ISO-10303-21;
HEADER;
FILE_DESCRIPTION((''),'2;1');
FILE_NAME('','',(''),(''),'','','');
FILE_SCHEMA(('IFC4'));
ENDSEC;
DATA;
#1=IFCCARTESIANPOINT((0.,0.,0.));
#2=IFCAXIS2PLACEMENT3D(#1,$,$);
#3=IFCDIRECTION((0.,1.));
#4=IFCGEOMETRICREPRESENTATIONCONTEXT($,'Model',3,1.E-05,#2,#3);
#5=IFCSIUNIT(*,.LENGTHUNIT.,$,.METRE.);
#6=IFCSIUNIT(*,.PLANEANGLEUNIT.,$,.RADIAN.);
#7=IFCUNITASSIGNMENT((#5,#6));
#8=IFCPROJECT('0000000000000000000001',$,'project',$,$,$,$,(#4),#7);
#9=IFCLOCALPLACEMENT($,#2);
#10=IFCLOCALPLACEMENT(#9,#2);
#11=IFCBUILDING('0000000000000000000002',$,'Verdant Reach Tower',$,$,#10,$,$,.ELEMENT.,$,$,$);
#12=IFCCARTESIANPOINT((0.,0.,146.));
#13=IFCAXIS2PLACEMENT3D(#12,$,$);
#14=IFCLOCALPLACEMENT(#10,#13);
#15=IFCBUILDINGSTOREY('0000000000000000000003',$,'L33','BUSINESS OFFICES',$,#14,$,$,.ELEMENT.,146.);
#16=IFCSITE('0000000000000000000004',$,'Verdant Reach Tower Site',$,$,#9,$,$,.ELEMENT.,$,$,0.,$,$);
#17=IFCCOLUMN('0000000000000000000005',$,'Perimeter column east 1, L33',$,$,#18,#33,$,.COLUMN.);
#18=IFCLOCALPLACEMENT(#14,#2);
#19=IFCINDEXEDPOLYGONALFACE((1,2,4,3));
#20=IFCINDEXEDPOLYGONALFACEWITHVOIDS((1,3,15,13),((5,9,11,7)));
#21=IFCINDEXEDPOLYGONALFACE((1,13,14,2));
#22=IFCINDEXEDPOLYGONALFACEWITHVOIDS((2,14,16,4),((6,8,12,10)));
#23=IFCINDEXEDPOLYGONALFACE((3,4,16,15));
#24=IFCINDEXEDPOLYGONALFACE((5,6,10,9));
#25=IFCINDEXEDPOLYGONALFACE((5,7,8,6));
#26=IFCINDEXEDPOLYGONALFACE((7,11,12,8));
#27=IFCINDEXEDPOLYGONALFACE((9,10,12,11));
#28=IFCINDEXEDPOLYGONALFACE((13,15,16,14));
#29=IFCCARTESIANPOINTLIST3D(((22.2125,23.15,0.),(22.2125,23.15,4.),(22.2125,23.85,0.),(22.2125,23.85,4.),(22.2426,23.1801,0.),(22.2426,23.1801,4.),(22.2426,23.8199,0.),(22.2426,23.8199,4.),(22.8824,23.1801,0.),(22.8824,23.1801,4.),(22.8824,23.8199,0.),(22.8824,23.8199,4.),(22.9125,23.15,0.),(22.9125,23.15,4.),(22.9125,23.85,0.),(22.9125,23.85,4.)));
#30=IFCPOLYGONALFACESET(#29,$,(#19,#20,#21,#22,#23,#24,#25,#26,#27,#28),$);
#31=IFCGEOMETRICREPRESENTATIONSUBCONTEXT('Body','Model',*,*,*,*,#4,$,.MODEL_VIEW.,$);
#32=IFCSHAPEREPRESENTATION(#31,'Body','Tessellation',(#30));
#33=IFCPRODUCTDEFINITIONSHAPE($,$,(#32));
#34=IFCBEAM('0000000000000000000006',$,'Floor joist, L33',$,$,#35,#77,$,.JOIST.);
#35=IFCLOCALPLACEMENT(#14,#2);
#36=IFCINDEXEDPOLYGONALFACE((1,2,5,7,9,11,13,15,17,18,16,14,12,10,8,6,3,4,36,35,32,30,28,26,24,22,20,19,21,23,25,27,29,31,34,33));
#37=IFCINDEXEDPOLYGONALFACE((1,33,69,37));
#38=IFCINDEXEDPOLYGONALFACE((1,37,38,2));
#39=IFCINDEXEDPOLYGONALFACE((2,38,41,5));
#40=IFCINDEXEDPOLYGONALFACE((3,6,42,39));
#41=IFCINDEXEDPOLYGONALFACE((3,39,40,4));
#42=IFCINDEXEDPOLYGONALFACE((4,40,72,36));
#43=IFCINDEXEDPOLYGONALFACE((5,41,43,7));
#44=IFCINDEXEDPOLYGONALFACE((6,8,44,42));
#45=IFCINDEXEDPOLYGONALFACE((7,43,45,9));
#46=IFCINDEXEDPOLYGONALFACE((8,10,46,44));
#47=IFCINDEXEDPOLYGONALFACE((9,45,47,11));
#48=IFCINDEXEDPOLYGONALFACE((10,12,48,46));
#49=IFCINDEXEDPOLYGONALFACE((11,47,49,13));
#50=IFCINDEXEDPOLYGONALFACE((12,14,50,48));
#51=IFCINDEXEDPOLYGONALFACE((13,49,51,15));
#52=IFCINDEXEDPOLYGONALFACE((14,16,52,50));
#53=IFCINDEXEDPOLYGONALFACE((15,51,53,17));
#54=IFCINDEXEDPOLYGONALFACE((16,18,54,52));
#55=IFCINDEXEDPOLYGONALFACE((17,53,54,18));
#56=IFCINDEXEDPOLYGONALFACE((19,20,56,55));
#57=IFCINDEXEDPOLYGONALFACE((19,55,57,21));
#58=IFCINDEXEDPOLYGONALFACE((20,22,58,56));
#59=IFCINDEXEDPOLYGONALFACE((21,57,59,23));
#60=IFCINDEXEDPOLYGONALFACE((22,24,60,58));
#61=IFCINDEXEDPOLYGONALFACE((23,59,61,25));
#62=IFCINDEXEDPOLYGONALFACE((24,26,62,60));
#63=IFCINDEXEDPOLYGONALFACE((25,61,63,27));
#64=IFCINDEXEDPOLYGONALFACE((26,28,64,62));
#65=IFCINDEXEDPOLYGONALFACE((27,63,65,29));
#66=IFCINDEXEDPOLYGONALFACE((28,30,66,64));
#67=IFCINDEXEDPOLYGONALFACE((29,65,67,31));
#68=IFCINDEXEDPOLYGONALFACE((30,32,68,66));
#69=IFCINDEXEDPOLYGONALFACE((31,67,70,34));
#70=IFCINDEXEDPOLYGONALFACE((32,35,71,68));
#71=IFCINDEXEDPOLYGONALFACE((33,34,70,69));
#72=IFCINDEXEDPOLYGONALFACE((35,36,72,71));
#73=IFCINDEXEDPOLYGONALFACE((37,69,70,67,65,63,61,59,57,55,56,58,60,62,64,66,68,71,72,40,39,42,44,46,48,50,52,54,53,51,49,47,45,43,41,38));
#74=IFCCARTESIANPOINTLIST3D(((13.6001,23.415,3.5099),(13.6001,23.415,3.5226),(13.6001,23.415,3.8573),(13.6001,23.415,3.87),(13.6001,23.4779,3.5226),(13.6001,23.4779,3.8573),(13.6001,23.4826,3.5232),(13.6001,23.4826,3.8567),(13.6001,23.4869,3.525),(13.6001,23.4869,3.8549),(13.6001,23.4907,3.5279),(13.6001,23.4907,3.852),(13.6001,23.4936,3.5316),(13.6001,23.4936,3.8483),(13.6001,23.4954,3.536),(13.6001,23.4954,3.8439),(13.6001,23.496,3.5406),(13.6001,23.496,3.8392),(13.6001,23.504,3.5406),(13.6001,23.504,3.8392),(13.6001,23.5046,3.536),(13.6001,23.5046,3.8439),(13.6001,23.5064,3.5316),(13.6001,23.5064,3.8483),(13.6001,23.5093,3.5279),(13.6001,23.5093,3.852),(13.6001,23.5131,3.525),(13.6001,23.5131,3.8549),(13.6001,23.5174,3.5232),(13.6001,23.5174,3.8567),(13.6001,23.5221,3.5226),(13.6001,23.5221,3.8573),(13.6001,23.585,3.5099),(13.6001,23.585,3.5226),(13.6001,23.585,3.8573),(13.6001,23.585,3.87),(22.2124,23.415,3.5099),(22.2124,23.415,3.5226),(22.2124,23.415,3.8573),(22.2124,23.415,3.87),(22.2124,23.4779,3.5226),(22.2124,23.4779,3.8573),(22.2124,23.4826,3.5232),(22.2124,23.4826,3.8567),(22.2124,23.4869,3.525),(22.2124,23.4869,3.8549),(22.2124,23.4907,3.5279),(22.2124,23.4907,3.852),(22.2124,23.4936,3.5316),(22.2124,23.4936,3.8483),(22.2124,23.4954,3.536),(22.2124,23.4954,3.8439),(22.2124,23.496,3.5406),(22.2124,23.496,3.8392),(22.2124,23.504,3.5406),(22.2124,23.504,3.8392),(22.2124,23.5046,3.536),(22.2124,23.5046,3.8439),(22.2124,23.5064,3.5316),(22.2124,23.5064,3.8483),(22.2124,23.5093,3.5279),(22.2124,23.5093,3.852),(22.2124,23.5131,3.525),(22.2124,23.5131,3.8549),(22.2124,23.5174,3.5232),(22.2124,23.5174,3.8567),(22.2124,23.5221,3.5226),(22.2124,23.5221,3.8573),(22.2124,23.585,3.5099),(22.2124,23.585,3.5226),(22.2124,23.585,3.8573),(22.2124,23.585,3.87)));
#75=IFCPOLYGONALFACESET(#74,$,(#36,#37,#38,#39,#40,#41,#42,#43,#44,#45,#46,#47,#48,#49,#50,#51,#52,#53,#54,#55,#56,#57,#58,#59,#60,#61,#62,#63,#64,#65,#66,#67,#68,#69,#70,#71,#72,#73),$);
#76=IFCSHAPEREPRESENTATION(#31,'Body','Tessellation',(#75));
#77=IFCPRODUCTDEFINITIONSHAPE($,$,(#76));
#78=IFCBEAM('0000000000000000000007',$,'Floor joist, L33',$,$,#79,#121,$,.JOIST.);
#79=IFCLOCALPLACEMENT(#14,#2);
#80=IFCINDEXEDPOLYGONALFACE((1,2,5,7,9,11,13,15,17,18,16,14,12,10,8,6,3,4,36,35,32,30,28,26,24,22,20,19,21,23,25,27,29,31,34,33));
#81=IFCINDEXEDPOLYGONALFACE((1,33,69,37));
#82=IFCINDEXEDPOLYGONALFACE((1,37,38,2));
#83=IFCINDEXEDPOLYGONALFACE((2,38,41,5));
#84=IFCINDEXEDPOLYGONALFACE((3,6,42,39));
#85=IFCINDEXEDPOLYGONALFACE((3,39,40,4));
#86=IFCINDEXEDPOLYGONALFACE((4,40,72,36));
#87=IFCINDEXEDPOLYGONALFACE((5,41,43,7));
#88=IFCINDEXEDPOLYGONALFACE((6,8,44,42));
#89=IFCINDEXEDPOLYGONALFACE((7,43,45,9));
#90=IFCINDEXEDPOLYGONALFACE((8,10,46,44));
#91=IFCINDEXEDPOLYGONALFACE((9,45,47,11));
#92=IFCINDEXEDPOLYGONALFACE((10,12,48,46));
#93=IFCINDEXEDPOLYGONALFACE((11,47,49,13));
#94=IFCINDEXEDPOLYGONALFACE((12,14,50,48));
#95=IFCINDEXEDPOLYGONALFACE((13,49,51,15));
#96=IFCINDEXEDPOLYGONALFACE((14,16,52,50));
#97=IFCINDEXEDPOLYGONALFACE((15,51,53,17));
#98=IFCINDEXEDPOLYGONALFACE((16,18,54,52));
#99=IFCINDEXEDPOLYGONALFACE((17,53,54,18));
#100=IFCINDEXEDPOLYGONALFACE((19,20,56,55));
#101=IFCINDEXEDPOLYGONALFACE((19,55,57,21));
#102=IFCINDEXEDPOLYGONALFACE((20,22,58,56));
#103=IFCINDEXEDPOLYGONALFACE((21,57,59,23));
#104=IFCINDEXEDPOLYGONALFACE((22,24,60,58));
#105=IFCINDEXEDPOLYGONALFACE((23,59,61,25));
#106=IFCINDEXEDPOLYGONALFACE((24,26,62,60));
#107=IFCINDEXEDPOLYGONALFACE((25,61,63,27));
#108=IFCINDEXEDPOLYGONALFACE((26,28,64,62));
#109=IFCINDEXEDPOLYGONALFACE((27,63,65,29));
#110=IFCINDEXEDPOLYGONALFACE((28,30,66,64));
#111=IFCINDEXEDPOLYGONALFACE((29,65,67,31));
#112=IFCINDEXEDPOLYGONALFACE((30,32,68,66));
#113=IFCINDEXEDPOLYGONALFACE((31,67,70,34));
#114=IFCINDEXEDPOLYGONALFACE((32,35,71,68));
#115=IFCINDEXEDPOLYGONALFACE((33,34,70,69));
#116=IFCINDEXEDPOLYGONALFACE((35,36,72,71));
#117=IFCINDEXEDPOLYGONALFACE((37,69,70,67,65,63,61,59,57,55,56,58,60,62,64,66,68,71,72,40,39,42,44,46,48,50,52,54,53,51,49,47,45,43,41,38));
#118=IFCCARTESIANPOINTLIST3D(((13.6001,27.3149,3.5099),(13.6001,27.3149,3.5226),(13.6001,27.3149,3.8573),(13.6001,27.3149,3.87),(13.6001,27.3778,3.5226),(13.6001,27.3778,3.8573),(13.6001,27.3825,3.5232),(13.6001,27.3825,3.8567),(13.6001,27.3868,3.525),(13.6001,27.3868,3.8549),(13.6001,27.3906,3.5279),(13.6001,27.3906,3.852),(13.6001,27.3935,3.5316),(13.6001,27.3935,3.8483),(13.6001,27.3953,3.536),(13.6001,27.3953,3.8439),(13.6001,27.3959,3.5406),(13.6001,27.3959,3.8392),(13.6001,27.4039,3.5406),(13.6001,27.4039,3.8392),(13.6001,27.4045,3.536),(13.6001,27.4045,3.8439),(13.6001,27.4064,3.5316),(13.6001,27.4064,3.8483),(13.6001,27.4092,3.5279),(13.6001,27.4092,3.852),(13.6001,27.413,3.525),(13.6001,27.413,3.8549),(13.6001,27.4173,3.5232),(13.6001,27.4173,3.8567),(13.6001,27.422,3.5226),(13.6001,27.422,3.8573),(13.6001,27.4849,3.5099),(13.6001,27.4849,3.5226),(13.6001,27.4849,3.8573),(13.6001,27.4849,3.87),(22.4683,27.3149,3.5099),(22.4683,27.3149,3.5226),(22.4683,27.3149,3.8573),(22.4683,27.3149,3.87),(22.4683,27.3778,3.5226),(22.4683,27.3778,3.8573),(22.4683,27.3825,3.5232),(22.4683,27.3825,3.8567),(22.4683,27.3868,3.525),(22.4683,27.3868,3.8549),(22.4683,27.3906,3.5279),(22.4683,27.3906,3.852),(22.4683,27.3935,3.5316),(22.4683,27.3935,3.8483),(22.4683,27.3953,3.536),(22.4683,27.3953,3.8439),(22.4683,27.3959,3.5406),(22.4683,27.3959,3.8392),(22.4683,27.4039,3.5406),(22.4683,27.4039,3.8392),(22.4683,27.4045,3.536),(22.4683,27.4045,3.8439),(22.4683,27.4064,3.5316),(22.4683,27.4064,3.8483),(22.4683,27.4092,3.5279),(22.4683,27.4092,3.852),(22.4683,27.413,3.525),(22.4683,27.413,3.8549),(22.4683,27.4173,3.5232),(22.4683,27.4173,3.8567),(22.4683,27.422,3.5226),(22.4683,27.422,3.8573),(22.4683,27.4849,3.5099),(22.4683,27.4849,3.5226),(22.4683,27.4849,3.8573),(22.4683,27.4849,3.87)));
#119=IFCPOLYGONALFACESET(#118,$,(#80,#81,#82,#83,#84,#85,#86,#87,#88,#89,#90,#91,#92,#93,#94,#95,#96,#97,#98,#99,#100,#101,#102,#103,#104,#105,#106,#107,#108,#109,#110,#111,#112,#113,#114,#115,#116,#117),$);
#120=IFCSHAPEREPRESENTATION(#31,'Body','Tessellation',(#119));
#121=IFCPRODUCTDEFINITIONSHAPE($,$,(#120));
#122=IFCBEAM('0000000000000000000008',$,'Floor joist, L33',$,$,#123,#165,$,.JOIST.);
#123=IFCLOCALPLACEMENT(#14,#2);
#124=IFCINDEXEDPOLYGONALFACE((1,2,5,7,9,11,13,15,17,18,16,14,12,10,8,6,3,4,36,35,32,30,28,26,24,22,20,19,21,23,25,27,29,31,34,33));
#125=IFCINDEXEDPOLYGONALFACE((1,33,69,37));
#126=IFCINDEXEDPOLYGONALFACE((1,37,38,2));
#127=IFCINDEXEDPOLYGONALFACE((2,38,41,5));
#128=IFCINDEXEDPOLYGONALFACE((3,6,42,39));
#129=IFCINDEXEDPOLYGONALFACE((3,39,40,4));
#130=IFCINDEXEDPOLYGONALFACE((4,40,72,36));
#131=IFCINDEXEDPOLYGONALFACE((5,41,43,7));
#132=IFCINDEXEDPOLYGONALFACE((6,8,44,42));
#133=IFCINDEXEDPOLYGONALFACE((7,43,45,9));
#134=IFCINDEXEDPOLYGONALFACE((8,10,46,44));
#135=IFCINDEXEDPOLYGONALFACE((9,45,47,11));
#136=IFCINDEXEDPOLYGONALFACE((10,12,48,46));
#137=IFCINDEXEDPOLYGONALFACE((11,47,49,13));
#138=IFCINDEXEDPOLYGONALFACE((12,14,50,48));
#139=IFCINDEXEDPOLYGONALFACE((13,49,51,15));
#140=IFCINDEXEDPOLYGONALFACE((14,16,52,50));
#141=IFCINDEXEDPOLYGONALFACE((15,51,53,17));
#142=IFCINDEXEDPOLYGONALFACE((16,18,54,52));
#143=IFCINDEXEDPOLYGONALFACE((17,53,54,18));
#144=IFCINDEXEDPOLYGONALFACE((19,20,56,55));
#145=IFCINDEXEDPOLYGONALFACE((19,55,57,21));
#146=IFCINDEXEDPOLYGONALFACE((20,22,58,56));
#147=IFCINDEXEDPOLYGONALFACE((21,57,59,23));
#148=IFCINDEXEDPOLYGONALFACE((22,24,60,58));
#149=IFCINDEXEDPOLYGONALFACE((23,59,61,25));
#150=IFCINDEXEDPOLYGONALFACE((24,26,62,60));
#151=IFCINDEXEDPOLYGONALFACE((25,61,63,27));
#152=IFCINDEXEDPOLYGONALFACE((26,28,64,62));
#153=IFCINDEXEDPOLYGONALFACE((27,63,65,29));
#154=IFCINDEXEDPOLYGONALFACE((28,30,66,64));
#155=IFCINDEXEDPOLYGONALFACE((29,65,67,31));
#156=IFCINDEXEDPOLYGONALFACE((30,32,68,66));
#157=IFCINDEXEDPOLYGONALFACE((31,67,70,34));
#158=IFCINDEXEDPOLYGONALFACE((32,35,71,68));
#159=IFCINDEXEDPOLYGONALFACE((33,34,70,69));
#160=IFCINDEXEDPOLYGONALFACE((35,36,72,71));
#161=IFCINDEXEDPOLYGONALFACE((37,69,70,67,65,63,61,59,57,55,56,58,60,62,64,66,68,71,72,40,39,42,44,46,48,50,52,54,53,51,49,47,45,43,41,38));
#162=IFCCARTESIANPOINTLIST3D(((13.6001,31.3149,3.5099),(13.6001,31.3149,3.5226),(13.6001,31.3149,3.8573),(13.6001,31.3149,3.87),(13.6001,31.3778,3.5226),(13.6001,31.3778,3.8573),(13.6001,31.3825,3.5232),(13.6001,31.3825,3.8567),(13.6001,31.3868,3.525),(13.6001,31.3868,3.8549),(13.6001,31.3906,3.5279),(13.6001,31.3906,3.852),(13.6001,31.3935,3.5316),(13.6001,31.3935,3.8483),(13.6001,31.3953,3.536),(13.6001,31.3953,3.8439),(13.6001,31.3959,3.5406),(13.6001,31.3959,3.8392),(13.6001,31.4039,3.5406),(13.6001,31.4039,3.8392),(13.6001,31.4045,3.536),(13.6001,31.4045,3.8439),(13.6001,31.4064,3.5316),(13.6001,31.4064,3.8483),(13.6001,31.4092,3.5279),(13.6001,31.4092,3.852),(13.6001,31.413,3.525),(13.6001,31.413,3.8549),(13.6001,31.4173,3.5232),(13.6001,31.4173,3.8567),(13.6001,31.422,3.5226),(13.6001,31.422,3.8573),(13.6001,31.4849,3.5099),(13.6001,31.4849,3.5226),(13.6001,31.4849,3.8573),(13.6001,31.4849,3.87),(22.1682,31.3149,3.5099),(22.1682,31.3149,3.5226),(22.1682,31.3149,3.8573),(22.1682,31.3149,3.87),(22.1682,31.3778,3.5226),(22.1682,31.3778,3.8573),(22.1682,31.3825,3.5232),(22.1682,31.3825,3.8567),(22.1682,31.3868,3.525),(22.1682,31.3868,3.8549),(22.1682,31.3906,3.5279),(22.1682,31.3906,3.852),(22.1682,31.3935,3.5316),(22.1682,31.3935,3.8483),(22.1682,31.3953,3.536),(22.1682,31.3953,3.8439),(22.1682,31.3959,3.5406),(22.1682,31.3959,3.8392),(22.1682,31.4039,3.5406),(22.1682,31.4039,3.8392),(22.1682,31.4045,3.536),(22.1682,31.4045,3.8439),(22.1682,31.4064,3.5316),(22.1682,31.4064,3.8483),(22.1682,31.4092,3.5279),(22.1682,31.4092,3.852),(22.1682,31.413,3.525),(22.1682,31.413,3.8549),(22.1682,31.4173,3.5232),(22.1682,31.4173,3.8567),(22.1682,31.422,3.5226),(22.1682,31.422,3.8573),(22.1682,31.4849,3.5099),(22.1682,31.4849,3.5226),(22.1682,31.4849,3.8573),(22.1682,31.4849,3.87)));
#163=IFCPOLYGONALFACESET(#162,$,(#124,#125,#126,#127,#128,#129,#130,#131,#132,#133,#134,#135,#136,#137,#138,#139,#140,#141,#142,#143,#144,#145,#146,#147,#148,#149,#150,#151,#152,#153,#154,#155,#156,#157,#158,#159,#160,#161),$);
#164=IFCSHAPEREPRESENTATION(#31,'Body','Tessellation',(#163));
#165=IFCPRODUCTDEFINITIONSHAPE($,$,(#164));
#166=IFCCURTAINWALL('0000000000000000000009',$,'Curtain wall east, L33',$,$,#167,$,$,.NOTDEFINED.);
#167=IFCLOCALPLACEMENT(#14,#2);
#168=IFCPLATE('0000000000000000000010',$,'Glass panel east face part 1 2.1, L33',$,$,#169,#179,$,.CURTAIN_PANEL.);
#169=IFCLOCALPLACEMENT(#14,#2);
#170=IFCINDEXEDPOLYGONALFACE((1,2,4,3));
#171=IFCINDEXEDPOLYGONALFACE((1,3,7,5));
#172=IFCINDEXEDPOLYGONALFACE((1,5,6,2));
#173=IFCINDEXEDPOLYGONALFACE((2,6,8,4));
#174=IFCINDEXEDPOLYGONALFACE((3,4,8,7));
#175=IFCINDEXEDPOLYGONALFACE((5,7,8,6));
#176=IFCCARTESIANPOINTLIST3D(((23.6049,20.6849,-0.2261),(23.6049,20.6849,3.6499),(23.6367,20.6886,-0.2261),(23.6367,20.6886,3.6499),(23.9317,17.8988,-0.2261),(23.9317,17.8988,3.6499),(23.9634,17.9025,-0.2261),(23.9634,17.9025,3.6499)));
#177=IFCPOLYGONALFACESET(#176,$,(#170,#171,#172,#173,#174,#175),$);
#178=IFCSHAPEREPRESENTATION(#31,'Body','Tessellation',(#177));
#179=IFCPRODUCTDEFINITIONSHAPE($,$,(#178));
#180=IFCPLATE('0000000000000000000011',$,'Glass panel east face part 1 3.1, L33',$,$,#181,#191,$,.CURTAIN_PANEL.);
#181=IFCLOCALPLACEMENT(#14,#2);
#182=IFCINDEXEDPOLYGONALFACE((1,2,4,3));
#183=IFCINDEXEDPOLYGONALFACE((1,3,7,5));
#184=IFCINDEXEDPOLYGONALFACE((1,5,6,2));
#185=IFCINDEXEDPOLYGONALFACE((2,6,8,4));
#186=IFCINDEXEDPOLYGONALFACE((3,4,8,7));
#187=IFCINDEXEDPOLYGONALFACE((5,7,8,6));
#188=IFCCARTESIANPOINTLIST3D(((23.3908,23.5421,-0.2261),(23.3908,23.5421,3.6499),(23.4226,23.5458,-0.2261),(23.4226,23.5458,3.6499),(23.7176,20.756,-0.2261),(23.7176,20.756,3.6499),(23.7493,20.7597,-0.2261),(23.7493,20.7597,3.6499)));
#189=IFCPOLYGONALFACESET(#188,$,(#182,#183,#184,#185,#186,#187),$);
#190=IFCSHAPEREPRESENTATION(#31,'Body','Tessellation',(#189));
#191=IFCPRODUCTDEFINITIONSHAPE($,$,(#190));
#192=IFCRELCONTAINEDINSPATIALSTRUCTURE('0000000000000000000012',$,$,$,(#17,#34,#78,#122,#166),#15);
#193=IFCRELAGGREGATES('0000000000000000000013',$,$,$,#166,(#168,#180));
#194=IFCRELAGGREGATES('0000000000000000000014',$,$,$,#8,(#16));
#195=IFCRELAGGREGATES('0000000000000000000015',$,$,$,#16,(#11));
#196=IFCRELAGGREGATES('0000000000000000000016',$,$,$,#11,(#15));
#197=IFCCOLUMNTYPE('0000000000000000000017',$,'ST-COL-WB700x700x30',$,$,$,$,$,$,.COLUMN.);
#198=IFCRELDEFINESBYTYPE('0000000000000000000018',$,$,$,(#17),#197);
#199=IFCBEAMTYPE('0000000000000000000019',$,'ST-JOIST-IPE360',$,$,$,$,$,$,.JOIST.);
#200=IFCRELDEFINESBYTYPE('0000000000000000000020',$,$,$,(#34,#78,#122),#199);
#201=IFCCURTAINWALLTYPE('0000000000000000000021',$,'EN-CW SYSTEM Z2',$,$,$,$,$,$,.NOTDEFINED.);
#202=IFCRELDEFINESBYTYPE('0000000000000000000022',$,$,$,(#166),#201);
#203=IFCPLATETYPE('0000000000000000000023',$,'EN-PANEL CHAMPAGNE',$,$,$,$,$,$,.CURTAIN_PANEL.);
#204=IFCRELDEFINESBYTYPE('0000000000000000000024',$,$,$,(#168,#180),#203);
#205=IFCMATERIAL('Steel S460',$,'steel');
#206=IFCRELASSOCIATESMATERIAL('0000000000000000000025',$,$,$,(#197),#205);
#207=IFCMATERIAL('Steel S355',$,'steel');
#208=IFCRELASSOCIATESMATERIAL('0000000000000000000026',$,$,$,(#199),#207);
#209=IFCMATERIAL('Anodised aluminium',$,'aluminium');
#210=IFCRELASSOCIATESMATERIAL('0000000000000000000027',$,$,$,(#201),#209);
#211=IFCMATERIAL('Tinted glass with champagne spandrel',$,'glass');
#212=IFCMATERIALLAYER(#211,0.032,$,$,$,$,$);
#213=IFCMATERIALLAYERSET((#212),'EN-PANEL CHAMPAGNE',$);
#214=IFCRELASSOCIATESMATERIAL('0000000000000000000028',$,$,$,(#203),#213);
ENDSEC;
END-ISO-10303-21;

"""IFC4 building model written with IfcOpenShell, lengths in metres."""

from ifc_helpers import new_model, si_unit, direction, frame, origin, origin_2d, place, context, subcontext, project, spatial, rectangle, hollow_rectangle, i_section, extrude, material, layer, layer_set, material_profile, profile_set, type_object, element, aggregate, save


model = new_model("IFC4")

# Units and contexts
model_context = context("Model", 3, precision=1e-05, world=origin(), true_north=direction((0.0, 1.0)))
body_context = subcontext(model_context, "Body", "Model", "MODEL_VIEW")
ifc_project = project(units=[si_unit("LENGTHUNIT", "METRE"), si_unit("PLANEANGLEUNIT", "RADIAN")], contexts=[model_context])

# Site, building, storey
site_placement = place(None, origin())
site = spatial("IfcSite", under=ifc_project, at=site_placement, Name="Verdant Reach Tower Site", CompositionType="ELEMENT", RefElevation=0.0)
building_placement = place(site_placement, origin())
building = spatial("IfcBuilding", under=site, at=building_placement, Name="Verdant Reach Tower", CompositionType="ELEMENT")
storey_placement = place(building_placement, frame((0.0, 0.0, 146.0)))
storey = spatial("IfcBuildingStorey", under=building, at=storey_placement, Name="L33", Description="BUSINESS OFFICES", CompositionType="ELEMENT", Elevation=146.0)

# Column
ifc_material_1 = material(Name="Steel S460", Category="steel")
ifc_material_profile_1 = material_profile(ifc_material_1, hollow_rectangle(XDim=0.7, YDim=0.7, WallThickness=0.03, at=origin_2d()), Name="WB 700x700x30")
ifc_profile_set_1 = profile_set([ifc_material_profile_1], Name="Steel S460")
column_type = type_object("IfcColumnType", Name="ST-COL-WB700x700x30", PredefinedType="COLUMN", material=ifc_profile_set_1)
column_placement = place(storey_placement, frame((22.5625, 23.5, 0.0), z_axis=(0.0, 0.0, 1.0), x_axis=(1.0, 0.0, 0.0)))
element("IfcColumn", 1, at=column_placement, inside=storey, type_object=column_type, Name="Perimeter column east 1, L33", PredefinedType="COLUMN", context=body_context, shape_type="SweptSolid", body=[
    extrude(hollow_rectangle(XDim=0.7, YDim=0.7, WallThickness=0.03, at=origin_2d()), origin(), (0.0, 0.0, 1.0), 4.0),
])

# Beams
ifc_material_2 = material(Name="Steel S355", Category="steel")
ifc_material_profile_2 = material_profile(ifc_material_2, i_section(OverallWidth=0.1699, OverallDepth=0.3601, WebThickness=0.0081, FlangeThickness=0.0127, FilletRadius=0.0181, at=origin_2d()), Name="IPE 360")
ifc_profile_set_2 = profile_set([ifc_material_profile_2], Name="Steel S355")
beam_type = type_object("IfcBeamType", Name="ST-JOIST-IPE360", PredefinedType="JOIST", material=ifc_profile_set_2)
beam_1_placement = place(storey_placement, frame((13.6001, 23.5, 3.6899), z_axis=(1.0, 0.0, 0.0), x_axis=(0.0, 1.0, 0.0)))
element("IfcBeam", 2, at=beam_1_placement, inside=storey, type_object=beam_type, Name="Floor joist, L33", PredefinedType="JOIST", context=body_context, shape_type="SweptSolid", body=[
    extrude(i_section(OverallWidth=0.1699, OverallDepth=0.3601, WebThickness=0.0081, FlangeThickness=0.0127, FilletRadius=0.0181, at=origin_2d()), origin(), (0.0, 0.0, 1.0), 8.6123),
])
beam_2_placement = place(storey_placement, frame((13.6001, 27.3999, 3.6899), z_axis=(1.0, 0.0, 0.0), x_axis=(0.0, 1.0, 0.0)))
element("IfcBeam", 3, at=beam_2_placement, inside=storey, type_object=beam_type, Name="Floor joist, L33", PredefinedType="JOIST", context=body_context, shape_type="SweptSolid", body=[
    extrude(i_section(OverallWidth=0.1699, OverallDepth=0.3601, WebThickness=0.0081, FlangeThickness=0.0127, FilletRadius=0.0181, at=origin_2d()), origin(), (0.0, 0.0, 1.0), 8.8682),
])
beam_3_placement = place(storey_placement, frame((13.6001, 31.3999, 3.6899), z_axis=(1.0, 0.0, 0.0), x_axis=(0.0, 1.0, 0.0)))
element("IfcBeam", 4, at=beam_3_placement, inside=storey, type_object=beam_type, Name="Floor joist, L33", PredefinedType="JOIST", context=body_context, shape_type="SweptSolid", body=[
    extrude(i_section(OverallWidth=0.1699, OverallDepth=0.3601, WebThickness=0.0081, FlangeThickness=0.0127, FilletRadius=0.0181, at=origin_2d()), origin(), (0.0, 0.0, 1.0), 8.5681),
])

# Curtain wall, plates
ifc_material_3 = material(Name="Anodised aluminium", Category="aluminium")
curtain_wall_type = type_object("IfcCurtainWallType", Name="EN-CW SYSTEM Z2", PredefinedType="NOTDEFINED", material=ifc_material_3)
curtain_wall_placement = place(storey_placement, origin())
curtain_wall = element("IfcCurtainWall", 5, at=curtain_wall_placement, inside=storey, type_object=curtain_wall_type, Name="Curtain wall east, L33", PredefinedType="NOTDEFINED")
ifc_material_4 = material(Name="Tinted glass with champagne spandrel", Category="glass")
ifc_layer_1 = layer(ifc_material_4, 0.032)
ifc_layer_set_1 = layer_set([ifc_layer_1], Name="EN-PANEL CHAMPAGNE")
plate_type_1 = type_object("IfcPlateType", Name="EN-PANEL CHAMPAGNE", PredefinedType="CURTAIN_PANEL", material=ifc_layer_set_1)
plate_1_placement = place(storey_placement, frame((23.7842, 19.2937, -0.2261), z_axis=(0.0, 0.0, 1.0), x_axis=(-0.116483, 0.993193, 0.0)))
plate_1 = element("IfcPlate", 6, at=plate_1_placement, type_object=plate_type_1, Name="Glass panel east face part 1 2.1, L33", PredefinedType="CURTAIN_PANEL", context=body_context, shape_type="SweptSolid", body=[
    extrude(rectangle(XDim=2.8052, YDim=0.032, at=origin_2d()), origin(), (0.0, 0.0, 1.0), 3.876),
])
plate_2_placement = place(storey_placement, frame((23.5701, 22.1509, -0.2261), z_axis=(0.0, 0.0, 1.0), x_axis=(-0.116483, 0.993193, 0.0)))
plate_2 = element("IfcPlate", 7, at=plate_2_placement, type_object=plate_type_1, Name="Glass panel east face part 1 3.1, L33", PredefinedType="CURTAIN_PANEL", context=body_context, shape_type="SweptSolid", body=[
    extrude(rectangle(XDim=2.8052, YDim=0.032, at=origin_2d()), origin(), (0.0, 0.0, 1.0), 3.876),
])
aggregate(curtain_wall, [plate_1, plate_2])

save(model, "model.ifc")
